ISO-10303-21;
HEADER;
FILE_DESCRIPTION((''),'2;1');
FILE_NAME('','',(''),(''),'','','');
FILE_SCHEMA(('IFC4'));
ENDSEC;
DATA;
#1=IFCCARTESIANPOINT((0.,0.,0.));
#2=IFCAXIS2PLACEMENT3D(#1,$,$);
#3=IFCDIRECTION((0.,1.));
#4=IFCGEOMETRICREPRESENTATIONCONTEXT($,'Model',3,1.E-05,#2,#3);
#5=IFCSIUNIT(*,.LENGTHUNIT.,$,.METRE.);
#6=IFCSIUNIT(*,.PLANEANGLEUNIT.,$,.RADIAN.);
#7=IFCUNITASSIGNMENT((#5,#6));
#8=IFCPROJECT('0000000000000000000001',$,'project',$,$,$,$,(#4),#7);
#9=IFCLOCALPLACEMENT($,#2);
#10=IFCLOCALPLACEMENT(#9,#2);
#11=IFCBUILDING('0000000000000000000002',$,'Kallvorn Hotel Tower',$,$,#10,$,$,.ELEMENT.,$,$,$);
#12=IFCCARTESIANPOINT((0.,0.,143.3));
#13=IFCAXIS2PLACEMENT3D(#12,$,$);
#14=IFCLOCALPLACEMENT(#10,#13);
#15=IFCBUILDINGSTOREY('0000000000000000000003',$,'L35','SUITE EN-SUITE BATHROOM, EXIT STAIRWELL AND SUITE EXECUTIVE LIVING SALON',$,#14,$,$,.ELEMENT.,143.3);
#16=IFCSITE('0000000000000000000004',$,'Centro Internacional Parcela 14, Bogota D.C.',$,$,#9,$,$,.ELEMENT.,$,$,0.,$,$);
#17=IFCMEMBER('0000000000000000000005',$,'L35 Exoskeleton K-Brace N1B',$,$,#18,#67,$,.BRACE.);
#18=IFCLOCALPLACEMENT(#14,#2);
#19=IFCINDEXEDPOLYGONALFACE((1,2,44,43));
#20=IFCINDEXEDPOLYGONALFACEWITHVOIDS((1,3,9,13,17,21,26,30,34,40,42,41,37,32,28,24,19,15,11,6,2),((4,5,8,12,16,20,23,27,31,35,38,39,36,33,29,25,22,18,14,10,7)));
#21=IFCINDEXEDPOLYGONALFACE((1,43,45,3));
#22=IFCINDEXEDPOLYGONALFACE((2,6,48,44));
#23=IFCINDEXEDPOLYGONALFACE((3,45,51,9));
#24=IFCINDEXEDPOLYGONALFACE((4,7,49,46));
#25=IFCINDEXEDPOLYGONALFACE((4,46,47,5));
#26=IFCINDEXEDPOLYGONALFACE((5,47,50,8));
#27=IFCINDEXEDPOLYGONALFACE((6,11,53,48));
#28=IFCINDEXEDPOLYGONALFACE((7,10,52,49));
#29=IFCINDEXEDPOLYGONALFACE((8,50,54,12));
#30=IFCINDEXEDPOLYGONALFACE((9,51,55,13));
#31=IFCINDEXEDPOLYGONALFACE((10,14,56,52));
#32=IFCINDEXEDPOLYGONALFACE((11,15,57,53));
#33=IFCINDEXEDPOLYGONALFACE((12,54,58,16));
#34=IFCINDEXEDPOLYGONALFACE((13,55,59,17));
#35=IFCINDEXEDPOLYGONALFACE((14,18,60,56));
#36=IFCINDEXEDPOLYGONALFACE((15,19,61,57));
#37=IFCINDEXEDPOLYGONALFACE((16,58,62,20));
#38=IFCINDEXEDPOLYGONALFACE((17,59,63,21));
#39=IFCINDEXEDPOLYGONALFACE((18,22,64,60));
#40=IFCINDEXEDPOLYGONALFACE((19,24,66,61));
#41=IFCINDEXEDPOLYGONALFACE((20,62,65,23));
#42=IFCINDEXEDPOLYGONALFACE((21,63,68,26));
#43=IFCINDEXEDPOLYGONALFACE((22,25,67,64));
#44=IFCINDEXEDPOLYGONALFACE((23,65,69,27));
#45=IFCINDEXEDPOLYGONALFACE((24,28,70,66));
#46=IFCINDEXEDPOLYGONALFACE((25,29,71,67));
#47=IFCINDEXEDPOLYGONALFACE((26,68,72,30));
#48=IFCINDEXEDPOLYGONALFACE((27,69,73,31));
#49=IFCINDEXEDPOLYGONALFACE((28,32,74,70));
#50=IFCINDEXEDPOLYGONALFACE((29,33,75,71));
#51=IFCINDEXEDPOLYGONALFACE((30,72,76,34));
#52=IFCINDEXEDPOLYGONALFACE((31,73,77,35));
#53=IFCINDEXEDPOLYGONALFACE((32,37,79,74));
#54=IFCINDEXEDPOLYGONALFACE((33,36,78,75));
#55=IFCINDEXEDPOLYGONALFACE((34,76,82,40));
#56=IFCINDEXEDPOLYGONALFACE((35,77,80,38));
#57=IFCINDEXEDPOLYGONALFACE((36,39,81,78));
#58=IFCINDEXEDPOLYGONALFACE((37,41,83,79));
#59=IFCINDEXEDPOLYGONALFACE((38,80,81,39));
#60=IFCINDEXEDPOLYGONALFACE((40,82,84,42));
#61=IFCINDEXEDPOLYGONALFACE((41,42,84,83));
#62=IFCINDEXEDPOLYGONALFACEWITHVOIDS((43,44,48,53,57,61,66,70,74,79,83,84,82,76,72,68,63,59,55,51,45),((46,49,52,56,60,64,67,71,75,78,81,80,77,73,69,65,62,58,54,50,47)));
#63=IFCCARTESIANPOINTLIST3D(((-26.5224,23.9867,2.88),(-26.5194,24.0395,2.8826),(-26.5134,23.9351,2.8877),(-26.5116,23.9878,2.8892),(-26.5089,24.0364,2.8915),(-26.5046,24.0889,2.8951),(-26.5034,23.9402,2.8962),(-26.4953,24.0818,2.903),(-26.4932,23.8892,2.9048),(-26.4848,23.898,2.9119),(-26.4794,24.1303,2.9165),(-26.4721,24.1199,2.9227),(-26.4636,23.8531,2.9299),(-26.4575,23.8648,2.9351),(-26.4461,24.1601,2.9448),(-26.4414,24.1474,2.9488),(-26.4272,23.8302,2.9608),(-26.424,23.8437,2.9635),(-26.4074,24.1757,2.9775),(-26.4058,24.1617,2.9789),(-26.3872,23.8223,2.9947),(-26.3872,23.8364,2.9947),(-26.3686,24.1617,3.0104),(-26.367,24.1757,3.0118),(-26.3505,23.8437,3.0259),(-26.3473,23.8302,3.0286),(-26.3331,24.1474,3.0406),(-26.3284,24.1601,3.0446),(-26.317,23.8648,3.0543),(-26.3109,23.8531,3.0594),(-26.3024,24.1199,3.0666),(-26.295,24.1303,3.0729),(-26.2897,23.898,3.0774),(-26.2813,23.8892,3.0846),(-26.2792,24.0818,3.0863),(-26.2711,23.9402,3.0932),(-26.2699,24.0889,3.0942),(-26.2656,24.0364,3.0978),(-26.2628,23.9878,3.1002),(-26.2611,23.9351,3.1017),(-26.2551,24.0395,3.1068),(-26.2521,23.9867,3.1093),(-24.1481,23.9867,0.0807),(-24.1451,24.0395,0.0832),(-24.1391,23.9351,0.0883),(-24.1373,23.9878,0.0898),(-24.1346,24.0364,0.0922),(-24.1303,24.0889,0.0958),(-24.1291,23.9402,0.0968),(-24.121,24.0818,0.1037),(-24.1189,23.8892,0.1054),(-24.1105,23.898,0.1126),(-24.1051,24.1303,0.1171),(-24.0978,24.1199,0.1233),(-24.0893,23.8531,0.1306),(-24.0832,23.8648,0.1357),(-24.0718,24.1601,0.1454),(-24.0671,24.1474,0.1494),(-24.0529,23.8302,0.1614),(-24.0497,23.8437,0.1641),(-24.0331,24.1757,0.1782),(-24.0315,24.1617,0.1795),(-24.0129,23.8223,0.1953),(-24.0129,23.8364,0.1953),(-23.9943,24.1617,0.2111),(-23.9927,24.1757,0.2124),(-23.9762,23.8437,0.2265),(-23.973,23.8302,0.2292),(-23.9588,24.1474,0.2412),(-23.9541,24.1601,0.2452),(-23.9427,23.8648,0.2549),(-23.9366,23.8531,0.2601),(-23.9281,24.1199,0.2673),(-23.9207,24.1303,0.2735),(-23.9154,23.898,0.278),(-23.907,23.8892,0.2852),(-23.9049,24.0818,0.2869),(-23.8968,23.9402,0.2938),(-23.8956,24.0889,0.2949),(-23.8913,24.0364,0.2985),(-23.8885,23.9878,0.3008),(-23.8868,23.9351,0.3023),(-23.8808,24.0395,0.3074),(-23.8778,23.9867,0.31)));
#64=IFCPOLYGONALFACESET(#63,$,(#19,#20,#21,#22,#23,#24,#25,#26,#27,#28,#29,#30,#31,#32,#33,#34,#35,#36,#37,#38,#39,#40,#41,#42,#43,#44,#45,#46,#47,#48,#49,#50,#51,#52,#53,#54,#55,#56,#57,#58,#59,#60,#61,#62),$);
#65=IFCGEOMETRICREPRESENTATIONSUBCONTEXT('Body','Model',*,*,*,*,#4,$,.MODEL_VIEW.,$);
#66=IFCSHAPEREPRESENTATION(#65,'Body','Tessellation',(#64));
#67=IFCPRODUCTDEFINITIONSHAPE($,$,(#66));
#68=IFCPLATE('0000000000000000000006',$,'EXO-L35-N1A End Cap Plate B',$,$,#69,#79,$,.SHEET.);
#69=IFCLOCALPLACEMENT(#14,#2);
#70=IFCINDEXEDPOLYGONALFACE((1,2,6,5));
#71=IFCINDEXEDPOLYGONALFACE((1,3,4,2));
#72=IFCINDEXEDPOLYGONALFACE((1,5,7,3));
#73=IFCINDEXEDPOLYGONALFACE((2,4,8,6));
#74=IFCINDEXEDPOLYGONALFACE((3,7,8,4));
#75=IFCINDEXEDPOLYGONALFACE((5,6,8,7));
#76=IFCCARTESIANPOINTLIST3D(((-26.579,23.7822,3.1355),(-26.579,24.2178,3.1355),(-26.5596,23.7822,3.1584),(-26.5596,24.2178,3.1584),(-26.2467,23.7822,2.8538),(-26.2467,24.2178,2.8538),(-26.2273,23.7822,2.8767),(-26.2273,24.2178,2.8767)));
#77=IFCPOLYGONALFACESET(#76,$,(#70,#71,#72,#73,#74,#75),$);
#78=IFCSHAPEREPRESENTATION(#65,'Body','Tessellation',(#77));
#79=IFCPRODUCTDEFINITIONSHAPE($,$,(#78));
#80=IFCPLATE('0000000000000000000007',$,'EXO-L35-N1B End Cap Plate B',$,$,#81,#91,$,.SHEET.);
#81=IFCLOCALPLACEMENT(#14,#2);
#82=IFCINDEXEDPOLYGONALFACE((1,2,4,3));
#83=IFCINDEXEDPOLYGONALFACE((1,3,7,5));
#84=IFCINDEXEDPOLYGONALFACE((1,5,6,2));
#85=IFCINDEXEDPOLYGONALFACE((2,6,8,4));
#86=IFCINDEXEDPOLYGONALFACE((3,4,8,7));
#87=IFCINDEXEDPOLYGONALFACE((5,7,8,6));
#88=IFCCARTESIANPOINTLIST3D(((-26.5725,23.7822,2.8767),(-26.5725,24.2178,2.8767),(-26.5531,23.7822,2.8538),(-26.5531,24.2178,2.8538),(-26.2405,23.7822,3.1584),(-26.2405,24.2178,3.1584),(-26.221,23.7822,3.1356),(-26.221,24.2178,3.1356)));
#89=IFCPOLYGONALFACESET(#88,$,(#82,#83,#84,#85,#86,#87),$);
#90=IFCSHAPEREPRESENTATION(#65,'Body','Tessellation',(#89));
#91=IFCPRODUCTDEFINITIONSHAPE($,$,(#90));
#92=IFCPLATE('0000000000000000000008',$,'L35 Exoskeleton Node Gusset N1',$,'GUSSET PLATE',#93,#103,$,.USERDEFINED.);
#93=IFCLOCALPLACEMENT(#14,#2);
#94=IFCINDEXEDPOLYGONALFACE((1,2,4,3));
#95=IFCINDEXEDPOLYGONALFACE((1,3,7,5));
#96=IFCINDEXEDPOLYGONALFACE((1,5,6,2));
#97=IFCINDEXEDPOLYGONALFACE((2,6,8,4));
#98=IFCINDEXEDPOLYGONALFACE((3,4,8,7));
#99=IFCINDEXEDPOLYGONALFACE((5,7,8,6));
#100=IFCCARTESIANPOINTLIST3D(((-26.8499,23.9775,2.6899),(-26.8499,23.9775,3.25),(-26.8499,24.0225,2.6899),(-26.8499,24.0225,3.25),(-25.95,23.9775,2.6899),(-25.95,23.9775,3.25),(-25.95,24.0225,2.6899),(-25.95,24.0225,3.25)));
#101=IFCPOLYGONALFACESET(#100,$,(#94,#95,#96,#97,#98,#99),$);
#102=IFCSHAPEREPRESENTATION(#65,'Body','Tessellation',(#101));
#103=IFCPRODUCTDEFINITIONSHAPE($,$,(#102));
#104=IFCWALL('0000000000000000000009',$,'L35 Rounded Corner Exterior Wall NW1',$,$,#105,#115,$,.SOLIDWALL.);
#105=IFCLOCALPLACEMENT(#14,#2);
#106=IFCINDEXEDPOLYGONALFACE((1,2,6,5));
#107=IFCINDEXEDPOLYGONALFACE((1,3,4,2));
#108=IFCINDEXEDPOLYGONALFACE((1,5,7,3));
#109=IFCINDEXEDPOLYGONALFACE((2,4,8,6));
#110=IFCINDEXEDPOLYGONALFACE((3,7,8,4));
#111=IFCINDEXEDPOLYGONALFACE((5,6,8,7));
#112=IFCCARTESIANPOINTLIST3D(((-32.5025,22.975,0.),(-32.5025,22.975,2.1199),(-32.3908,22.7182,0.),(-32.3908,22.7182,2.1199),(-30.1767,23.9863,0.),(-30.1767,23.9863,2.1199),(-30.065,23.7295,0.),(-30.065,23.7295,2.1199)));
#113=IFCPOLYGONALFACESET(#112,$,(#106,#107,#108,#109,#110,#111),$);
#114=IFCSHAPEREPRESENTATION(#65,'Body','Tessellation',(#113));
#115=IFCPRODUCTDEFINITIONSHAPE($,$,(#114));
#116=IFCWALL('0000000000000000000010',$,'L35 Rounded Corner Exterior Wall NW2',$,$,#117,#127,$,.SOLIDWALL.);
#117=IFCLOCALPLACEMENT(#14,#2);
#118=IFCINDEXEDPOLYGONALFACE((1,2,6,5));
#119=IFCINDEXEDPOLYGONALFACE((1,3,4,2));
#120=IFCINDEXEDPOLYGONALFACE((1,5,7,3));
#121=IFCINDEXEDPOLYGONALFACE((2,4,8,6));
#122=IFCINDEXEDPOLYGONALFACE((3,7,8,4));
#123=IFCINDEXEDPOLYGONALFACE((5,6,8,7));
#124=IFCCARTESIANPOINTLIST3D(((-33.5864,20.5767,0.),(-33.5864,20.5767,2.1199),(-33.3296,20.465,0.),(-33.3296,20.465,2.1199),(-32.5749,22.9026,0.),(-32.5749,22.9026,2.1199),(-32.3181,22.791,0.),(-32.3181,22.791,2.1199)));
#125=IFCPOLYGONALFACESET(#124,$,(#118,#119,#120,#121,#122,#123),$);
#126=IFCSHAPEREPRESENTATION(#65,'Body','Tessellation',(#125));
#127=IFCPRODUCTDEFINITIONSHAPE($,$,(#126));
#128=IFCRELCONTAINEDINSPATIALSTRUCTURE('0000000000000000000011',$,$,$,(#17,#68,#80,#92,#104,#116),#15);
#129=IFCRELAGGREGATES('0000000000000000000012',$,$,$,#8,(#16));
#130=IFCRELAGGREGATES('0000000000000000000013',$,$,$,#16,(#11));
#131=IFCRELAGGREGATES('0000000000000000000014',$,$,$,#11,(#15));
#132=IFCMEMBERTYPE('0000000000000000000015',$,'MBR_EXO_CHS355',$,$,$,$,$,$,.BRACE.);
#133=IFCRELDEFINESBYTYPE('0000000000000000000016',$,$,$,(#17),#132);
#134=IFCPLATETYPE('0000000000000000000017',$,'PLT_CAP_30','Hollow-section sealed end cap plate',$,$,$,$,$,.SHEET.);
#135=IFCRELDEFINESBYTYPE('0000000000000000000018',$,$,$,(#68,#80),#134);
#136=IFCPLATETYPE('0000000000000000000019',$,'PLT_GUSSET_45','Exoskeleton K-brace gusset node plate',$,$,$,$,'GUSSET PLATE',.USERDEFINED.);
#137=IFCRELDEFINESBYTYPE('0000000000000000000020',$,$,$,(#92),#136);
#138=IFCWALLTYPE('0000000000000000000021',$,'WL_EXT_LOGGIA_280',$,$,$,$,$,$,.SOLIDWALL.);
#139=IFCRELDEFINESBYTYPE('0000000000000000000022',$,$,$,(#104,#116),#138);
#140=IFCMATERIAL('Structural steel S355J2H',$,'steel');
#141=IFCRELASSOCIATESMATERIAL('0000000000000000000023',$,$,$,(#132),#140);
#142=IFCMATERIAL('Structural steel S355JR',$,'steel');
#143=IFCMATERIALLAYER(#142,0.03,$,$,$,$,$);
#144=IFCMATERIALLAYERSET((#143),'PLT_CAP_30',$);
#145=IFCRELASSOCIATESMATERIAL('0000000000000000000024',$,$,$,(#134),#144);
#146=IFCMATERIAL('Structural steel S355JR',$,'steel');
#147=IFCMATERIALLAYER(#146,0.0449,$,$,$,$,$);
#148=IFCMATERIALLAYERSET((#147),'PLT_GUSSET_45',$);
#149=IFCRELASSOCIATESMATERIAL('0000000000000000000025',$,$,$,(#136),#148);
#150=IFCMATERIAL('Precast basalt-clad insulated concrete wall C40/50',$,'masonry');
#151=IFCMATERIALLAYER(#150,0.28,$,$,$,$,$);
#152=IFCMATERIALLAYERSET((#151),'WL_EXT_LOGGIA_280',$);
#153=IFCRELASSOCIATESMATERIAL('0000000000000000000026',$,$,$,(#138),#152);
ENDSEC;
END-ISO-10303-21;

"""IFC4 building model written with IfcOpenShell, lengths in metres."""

from ifc_helpers import new_model, si_unit, direction, frame, frame_2d, origin, origin_2d, place, context, subcontext, project, spatial, polyline, rectangle, hollow_circle, outline, extrude, material, layer, layer_set, material_profile, profile_set, type_object, element, save


model = new_model("IFC4")

# Units and contexts
model_context = context("Model", 3, precision=1e-05, world=origin(), true_north=direction((0.0, 1.0)))
body_context = subcontext(model_context, "Body", "Model", "MODEL_VIEW")
ifc_project = project(units=[si_unit("LENGTHUNIT", "METRE"), si_unit("PLANEANGLEUNIT", "RADIAN")], contexts=[model_context])

# Site, building, storey
site_placement = place(None, origin())
site = spatial("IfcSite", under=ifc_project, at=site_placement, Name="Centro Internacional Parcela 14, Bogota D.C.", CompositionType="ELEMENT", RefElevation=0.0)
building_placement = place(site_placement, origin())
building = spatial("IfcBuilding", under=site, at=building_placement, Name="Kallvorn Hotel Tower", CompositionType="ELEMENT")
storey_placement = place(building_placement, frame((0.0, 0.0, 143.3)))
storey = spatial("IfcBuildingStorey", under=building, at=storey_placement, Name="L35", Description="SUITE EN-SUITE BATHROOM, EXIT STAIRWELL AND SUITE EXECUTIVE LIVING SALON", CompositionType="ELEMENT", Elevation=143.3)

# Member
ifc_material_1 = material(Name="Structural steel S355J2H", Category="steel")
ifc_material_profile_1 = material_profile(ifc_material_1, hollow_circle(Radius=0.1777, WallThickness=0.0142, at=origin_2d()), Name="CHS 355.6x14.2")
ifc_profile_set_1 = profile_set([ifc_material_profile_1], Name="Structural steel S355J2H")
member_type_1 = type_object("IfcMemberType", Name="MBR_EXO_CHS355", PredefinedType="BRACE", material=ifc_profile_set_1)
for number, where, z_axis, x_axis, name in (
    (1, (-24.0129, 24.0, 0.1953), (-0.646833, 0.0, 0.762631), (0.0, -1.0, 0.0), "L35 Exoskeleton K-Brace N1B"),
):
    element("IfcMember", number, at=place(storey_placement, frame(where, z_axis=z_axis, x_axis=x_axis)), inside=storey, type_object=member_type_1, Name=name, PredefinedType="BRACE", context=body_context, shape_type="SweptSolid", body=[
        extrude(hollow_circle(Radius=0.1777, WallThickness=0.0142, at=origin_2d()), origin(), (0.0, 0.0, 1.0), 3.6707),
    ])

# Plates
ifc_material_2 = material(Name="Structural steel S355JR", Category="steel")
ifc_layer_1 = layer(ifc_material_2, 0.03)
ifc_layer_set_1 = layer_set([ifc_layer_1], Name="PLT_CAP_30")
plate_type_1 = type_object("IfcPlateType", Name="PLT_CAP_30", Description="Hollow-section sealed end cap plate", PredefinedType="SHEET", material=ifc_layer_set_1)
plate_1_placement = place(storey_placement, frame((-26.2273, 23.7822, 2.8767), z_axis=(0.646721, 0.0, 0.762727), x_axis=(0.0, 1.0, 0.0)))
element("IfcPlate", 2, at=plate_1_placement, inside=storey, type_object=plate_type_1, Name="EXO-L35-N1A End Cap Plate B", PredefinedType="SHEET", context=body_context, shape_type="SweptSolid", body=[
    extrude(outline(polyline([(0.0, 0.0), (0.4355, 0.0), (0.4355, 0.4356), (0.0, 0.4356), (0.0, 0.0)])), origin(), (0.0, 0.0, -1.0), 0.03),
])
plate_2_placement = place(storey_placement, frame((-26.5725, 24.2178, 2.8767), z_axis=(-0.646997, 0.0, 0.762492), x_axis=(0.0, -1.0, 0.0)))
element("IfcPlate", 3, at=plate_2_placement, inside=storey, type_object=plate_type_1, Name="EXO-L35-N1B End Cap Plate B", PredefinedType="SHEET", context=body_context, shape_type="SweptSolid", body=[
    extrude(outline(polyline([(0.0, 0.0), (0.4355, 0.0), (0.4355, 0.4355), (0.0, 0.4355), (0.0, 0.0)])), origin(), (0.0, 0.0, -1.0), 0.03),
])
ifc_material_3 = material(Name="Structural steel S355JR", Category="steel")
ifc_layer_2 = layer(ifc_material_3, 0.0449)
ifc_layer_set_2 = layer_set([ifc_layer_2], Name="PLT_GUSSET_45")
plate_type_2 = type_object("IfcPlateType", Name="PLT_GUSSET_45", Description="Exoskeleton K-brace gusset node plate", ElementType="GUSSET PLATE", PredefinedType="USERDEFINED", material=ifc_layer_set_2)
plate_3_placement = place(storey_placement, frame((-26.3999, 24.0, 2.6899), z_axis=(0.0, 0.0, 1.0), x_axis=(1.0, 0.0, 0.0)))
element("IfcPlate", 4, at=plate_3_placement, inside=storey, type_object=plate_type_2, Name="L35 Exoskeleton Node Gusset N1", ObjectType="GUSSET PLATE", PredefinedType="USERDEFINED", context=body_context, shape_type="SweptSolid", body=[
    extrude(rectangle(XDim=0.8999, YDim=0.0449, at=origin_2d()), origin(), (0.0, 0.0, 1.0), 0.5601),
])

# Walls
ifc_material_4 = material(Name="Precast basalt-clad insulated concrete wall C40/50", Category="masonry")
ifc_layer_3 = layer(ifc_material_4, 0.28)
ifc_layer_set_3 = layer_set([ifc_layer_3], Name="WL_EXT_LOGGIA_280")
wall_type = type_object("IfcWallType", Name="WL_EXT_LOGGIA_280", PredefinedType="SOLIDWALL", material=ifc_layer_set_3)
wall_1_placement = place(storey_placement, frame((-30.1208, 23.8579, 0.0), z_axis=(0.0, 0.0, 1.0), x_axis=(-0.917061, -0.398747, 0.0)))
element("IfcWall", 5, at=wall_1_placement, inside=storey, type_object=wall_type, Name="L35 Rounded Corner Exterior Wall NW1", PredefinedType="SOLIDWALL", context=body_context, shape_type="SweptSolid", body=[
    extrude(rectangle(XDim=2.5361, YDim=0.28, at=frame_2d((1.2681, 0.0))), origin(), (0.0, 0.0, 1.0), 2.1199),
])
wall_2_placement = place(storey_placement, frame((-32.4465, 22.8467, 0.0), z_axis=(0.0, 0.0, 1.0), x_axis=(-0.398793, -0.917041, 0.0)))
element("IfcWall", 6, at=wall_2_placement, inside=storey, type_object=wall_type, Name="L35 Rounded Corner Exterior Wall NW2", PredefinedType="SOLIDWALL", context=body_context, shape_type="SweptSolid", body=[
    extrude(rectangle(XDim=2.5364, YDim=0.28, at=frame_2d((1.2681, 0.0))), origin(), (0.0, 0.0, 1.0), 2.1199),
])

save(model, "model.ifc")
